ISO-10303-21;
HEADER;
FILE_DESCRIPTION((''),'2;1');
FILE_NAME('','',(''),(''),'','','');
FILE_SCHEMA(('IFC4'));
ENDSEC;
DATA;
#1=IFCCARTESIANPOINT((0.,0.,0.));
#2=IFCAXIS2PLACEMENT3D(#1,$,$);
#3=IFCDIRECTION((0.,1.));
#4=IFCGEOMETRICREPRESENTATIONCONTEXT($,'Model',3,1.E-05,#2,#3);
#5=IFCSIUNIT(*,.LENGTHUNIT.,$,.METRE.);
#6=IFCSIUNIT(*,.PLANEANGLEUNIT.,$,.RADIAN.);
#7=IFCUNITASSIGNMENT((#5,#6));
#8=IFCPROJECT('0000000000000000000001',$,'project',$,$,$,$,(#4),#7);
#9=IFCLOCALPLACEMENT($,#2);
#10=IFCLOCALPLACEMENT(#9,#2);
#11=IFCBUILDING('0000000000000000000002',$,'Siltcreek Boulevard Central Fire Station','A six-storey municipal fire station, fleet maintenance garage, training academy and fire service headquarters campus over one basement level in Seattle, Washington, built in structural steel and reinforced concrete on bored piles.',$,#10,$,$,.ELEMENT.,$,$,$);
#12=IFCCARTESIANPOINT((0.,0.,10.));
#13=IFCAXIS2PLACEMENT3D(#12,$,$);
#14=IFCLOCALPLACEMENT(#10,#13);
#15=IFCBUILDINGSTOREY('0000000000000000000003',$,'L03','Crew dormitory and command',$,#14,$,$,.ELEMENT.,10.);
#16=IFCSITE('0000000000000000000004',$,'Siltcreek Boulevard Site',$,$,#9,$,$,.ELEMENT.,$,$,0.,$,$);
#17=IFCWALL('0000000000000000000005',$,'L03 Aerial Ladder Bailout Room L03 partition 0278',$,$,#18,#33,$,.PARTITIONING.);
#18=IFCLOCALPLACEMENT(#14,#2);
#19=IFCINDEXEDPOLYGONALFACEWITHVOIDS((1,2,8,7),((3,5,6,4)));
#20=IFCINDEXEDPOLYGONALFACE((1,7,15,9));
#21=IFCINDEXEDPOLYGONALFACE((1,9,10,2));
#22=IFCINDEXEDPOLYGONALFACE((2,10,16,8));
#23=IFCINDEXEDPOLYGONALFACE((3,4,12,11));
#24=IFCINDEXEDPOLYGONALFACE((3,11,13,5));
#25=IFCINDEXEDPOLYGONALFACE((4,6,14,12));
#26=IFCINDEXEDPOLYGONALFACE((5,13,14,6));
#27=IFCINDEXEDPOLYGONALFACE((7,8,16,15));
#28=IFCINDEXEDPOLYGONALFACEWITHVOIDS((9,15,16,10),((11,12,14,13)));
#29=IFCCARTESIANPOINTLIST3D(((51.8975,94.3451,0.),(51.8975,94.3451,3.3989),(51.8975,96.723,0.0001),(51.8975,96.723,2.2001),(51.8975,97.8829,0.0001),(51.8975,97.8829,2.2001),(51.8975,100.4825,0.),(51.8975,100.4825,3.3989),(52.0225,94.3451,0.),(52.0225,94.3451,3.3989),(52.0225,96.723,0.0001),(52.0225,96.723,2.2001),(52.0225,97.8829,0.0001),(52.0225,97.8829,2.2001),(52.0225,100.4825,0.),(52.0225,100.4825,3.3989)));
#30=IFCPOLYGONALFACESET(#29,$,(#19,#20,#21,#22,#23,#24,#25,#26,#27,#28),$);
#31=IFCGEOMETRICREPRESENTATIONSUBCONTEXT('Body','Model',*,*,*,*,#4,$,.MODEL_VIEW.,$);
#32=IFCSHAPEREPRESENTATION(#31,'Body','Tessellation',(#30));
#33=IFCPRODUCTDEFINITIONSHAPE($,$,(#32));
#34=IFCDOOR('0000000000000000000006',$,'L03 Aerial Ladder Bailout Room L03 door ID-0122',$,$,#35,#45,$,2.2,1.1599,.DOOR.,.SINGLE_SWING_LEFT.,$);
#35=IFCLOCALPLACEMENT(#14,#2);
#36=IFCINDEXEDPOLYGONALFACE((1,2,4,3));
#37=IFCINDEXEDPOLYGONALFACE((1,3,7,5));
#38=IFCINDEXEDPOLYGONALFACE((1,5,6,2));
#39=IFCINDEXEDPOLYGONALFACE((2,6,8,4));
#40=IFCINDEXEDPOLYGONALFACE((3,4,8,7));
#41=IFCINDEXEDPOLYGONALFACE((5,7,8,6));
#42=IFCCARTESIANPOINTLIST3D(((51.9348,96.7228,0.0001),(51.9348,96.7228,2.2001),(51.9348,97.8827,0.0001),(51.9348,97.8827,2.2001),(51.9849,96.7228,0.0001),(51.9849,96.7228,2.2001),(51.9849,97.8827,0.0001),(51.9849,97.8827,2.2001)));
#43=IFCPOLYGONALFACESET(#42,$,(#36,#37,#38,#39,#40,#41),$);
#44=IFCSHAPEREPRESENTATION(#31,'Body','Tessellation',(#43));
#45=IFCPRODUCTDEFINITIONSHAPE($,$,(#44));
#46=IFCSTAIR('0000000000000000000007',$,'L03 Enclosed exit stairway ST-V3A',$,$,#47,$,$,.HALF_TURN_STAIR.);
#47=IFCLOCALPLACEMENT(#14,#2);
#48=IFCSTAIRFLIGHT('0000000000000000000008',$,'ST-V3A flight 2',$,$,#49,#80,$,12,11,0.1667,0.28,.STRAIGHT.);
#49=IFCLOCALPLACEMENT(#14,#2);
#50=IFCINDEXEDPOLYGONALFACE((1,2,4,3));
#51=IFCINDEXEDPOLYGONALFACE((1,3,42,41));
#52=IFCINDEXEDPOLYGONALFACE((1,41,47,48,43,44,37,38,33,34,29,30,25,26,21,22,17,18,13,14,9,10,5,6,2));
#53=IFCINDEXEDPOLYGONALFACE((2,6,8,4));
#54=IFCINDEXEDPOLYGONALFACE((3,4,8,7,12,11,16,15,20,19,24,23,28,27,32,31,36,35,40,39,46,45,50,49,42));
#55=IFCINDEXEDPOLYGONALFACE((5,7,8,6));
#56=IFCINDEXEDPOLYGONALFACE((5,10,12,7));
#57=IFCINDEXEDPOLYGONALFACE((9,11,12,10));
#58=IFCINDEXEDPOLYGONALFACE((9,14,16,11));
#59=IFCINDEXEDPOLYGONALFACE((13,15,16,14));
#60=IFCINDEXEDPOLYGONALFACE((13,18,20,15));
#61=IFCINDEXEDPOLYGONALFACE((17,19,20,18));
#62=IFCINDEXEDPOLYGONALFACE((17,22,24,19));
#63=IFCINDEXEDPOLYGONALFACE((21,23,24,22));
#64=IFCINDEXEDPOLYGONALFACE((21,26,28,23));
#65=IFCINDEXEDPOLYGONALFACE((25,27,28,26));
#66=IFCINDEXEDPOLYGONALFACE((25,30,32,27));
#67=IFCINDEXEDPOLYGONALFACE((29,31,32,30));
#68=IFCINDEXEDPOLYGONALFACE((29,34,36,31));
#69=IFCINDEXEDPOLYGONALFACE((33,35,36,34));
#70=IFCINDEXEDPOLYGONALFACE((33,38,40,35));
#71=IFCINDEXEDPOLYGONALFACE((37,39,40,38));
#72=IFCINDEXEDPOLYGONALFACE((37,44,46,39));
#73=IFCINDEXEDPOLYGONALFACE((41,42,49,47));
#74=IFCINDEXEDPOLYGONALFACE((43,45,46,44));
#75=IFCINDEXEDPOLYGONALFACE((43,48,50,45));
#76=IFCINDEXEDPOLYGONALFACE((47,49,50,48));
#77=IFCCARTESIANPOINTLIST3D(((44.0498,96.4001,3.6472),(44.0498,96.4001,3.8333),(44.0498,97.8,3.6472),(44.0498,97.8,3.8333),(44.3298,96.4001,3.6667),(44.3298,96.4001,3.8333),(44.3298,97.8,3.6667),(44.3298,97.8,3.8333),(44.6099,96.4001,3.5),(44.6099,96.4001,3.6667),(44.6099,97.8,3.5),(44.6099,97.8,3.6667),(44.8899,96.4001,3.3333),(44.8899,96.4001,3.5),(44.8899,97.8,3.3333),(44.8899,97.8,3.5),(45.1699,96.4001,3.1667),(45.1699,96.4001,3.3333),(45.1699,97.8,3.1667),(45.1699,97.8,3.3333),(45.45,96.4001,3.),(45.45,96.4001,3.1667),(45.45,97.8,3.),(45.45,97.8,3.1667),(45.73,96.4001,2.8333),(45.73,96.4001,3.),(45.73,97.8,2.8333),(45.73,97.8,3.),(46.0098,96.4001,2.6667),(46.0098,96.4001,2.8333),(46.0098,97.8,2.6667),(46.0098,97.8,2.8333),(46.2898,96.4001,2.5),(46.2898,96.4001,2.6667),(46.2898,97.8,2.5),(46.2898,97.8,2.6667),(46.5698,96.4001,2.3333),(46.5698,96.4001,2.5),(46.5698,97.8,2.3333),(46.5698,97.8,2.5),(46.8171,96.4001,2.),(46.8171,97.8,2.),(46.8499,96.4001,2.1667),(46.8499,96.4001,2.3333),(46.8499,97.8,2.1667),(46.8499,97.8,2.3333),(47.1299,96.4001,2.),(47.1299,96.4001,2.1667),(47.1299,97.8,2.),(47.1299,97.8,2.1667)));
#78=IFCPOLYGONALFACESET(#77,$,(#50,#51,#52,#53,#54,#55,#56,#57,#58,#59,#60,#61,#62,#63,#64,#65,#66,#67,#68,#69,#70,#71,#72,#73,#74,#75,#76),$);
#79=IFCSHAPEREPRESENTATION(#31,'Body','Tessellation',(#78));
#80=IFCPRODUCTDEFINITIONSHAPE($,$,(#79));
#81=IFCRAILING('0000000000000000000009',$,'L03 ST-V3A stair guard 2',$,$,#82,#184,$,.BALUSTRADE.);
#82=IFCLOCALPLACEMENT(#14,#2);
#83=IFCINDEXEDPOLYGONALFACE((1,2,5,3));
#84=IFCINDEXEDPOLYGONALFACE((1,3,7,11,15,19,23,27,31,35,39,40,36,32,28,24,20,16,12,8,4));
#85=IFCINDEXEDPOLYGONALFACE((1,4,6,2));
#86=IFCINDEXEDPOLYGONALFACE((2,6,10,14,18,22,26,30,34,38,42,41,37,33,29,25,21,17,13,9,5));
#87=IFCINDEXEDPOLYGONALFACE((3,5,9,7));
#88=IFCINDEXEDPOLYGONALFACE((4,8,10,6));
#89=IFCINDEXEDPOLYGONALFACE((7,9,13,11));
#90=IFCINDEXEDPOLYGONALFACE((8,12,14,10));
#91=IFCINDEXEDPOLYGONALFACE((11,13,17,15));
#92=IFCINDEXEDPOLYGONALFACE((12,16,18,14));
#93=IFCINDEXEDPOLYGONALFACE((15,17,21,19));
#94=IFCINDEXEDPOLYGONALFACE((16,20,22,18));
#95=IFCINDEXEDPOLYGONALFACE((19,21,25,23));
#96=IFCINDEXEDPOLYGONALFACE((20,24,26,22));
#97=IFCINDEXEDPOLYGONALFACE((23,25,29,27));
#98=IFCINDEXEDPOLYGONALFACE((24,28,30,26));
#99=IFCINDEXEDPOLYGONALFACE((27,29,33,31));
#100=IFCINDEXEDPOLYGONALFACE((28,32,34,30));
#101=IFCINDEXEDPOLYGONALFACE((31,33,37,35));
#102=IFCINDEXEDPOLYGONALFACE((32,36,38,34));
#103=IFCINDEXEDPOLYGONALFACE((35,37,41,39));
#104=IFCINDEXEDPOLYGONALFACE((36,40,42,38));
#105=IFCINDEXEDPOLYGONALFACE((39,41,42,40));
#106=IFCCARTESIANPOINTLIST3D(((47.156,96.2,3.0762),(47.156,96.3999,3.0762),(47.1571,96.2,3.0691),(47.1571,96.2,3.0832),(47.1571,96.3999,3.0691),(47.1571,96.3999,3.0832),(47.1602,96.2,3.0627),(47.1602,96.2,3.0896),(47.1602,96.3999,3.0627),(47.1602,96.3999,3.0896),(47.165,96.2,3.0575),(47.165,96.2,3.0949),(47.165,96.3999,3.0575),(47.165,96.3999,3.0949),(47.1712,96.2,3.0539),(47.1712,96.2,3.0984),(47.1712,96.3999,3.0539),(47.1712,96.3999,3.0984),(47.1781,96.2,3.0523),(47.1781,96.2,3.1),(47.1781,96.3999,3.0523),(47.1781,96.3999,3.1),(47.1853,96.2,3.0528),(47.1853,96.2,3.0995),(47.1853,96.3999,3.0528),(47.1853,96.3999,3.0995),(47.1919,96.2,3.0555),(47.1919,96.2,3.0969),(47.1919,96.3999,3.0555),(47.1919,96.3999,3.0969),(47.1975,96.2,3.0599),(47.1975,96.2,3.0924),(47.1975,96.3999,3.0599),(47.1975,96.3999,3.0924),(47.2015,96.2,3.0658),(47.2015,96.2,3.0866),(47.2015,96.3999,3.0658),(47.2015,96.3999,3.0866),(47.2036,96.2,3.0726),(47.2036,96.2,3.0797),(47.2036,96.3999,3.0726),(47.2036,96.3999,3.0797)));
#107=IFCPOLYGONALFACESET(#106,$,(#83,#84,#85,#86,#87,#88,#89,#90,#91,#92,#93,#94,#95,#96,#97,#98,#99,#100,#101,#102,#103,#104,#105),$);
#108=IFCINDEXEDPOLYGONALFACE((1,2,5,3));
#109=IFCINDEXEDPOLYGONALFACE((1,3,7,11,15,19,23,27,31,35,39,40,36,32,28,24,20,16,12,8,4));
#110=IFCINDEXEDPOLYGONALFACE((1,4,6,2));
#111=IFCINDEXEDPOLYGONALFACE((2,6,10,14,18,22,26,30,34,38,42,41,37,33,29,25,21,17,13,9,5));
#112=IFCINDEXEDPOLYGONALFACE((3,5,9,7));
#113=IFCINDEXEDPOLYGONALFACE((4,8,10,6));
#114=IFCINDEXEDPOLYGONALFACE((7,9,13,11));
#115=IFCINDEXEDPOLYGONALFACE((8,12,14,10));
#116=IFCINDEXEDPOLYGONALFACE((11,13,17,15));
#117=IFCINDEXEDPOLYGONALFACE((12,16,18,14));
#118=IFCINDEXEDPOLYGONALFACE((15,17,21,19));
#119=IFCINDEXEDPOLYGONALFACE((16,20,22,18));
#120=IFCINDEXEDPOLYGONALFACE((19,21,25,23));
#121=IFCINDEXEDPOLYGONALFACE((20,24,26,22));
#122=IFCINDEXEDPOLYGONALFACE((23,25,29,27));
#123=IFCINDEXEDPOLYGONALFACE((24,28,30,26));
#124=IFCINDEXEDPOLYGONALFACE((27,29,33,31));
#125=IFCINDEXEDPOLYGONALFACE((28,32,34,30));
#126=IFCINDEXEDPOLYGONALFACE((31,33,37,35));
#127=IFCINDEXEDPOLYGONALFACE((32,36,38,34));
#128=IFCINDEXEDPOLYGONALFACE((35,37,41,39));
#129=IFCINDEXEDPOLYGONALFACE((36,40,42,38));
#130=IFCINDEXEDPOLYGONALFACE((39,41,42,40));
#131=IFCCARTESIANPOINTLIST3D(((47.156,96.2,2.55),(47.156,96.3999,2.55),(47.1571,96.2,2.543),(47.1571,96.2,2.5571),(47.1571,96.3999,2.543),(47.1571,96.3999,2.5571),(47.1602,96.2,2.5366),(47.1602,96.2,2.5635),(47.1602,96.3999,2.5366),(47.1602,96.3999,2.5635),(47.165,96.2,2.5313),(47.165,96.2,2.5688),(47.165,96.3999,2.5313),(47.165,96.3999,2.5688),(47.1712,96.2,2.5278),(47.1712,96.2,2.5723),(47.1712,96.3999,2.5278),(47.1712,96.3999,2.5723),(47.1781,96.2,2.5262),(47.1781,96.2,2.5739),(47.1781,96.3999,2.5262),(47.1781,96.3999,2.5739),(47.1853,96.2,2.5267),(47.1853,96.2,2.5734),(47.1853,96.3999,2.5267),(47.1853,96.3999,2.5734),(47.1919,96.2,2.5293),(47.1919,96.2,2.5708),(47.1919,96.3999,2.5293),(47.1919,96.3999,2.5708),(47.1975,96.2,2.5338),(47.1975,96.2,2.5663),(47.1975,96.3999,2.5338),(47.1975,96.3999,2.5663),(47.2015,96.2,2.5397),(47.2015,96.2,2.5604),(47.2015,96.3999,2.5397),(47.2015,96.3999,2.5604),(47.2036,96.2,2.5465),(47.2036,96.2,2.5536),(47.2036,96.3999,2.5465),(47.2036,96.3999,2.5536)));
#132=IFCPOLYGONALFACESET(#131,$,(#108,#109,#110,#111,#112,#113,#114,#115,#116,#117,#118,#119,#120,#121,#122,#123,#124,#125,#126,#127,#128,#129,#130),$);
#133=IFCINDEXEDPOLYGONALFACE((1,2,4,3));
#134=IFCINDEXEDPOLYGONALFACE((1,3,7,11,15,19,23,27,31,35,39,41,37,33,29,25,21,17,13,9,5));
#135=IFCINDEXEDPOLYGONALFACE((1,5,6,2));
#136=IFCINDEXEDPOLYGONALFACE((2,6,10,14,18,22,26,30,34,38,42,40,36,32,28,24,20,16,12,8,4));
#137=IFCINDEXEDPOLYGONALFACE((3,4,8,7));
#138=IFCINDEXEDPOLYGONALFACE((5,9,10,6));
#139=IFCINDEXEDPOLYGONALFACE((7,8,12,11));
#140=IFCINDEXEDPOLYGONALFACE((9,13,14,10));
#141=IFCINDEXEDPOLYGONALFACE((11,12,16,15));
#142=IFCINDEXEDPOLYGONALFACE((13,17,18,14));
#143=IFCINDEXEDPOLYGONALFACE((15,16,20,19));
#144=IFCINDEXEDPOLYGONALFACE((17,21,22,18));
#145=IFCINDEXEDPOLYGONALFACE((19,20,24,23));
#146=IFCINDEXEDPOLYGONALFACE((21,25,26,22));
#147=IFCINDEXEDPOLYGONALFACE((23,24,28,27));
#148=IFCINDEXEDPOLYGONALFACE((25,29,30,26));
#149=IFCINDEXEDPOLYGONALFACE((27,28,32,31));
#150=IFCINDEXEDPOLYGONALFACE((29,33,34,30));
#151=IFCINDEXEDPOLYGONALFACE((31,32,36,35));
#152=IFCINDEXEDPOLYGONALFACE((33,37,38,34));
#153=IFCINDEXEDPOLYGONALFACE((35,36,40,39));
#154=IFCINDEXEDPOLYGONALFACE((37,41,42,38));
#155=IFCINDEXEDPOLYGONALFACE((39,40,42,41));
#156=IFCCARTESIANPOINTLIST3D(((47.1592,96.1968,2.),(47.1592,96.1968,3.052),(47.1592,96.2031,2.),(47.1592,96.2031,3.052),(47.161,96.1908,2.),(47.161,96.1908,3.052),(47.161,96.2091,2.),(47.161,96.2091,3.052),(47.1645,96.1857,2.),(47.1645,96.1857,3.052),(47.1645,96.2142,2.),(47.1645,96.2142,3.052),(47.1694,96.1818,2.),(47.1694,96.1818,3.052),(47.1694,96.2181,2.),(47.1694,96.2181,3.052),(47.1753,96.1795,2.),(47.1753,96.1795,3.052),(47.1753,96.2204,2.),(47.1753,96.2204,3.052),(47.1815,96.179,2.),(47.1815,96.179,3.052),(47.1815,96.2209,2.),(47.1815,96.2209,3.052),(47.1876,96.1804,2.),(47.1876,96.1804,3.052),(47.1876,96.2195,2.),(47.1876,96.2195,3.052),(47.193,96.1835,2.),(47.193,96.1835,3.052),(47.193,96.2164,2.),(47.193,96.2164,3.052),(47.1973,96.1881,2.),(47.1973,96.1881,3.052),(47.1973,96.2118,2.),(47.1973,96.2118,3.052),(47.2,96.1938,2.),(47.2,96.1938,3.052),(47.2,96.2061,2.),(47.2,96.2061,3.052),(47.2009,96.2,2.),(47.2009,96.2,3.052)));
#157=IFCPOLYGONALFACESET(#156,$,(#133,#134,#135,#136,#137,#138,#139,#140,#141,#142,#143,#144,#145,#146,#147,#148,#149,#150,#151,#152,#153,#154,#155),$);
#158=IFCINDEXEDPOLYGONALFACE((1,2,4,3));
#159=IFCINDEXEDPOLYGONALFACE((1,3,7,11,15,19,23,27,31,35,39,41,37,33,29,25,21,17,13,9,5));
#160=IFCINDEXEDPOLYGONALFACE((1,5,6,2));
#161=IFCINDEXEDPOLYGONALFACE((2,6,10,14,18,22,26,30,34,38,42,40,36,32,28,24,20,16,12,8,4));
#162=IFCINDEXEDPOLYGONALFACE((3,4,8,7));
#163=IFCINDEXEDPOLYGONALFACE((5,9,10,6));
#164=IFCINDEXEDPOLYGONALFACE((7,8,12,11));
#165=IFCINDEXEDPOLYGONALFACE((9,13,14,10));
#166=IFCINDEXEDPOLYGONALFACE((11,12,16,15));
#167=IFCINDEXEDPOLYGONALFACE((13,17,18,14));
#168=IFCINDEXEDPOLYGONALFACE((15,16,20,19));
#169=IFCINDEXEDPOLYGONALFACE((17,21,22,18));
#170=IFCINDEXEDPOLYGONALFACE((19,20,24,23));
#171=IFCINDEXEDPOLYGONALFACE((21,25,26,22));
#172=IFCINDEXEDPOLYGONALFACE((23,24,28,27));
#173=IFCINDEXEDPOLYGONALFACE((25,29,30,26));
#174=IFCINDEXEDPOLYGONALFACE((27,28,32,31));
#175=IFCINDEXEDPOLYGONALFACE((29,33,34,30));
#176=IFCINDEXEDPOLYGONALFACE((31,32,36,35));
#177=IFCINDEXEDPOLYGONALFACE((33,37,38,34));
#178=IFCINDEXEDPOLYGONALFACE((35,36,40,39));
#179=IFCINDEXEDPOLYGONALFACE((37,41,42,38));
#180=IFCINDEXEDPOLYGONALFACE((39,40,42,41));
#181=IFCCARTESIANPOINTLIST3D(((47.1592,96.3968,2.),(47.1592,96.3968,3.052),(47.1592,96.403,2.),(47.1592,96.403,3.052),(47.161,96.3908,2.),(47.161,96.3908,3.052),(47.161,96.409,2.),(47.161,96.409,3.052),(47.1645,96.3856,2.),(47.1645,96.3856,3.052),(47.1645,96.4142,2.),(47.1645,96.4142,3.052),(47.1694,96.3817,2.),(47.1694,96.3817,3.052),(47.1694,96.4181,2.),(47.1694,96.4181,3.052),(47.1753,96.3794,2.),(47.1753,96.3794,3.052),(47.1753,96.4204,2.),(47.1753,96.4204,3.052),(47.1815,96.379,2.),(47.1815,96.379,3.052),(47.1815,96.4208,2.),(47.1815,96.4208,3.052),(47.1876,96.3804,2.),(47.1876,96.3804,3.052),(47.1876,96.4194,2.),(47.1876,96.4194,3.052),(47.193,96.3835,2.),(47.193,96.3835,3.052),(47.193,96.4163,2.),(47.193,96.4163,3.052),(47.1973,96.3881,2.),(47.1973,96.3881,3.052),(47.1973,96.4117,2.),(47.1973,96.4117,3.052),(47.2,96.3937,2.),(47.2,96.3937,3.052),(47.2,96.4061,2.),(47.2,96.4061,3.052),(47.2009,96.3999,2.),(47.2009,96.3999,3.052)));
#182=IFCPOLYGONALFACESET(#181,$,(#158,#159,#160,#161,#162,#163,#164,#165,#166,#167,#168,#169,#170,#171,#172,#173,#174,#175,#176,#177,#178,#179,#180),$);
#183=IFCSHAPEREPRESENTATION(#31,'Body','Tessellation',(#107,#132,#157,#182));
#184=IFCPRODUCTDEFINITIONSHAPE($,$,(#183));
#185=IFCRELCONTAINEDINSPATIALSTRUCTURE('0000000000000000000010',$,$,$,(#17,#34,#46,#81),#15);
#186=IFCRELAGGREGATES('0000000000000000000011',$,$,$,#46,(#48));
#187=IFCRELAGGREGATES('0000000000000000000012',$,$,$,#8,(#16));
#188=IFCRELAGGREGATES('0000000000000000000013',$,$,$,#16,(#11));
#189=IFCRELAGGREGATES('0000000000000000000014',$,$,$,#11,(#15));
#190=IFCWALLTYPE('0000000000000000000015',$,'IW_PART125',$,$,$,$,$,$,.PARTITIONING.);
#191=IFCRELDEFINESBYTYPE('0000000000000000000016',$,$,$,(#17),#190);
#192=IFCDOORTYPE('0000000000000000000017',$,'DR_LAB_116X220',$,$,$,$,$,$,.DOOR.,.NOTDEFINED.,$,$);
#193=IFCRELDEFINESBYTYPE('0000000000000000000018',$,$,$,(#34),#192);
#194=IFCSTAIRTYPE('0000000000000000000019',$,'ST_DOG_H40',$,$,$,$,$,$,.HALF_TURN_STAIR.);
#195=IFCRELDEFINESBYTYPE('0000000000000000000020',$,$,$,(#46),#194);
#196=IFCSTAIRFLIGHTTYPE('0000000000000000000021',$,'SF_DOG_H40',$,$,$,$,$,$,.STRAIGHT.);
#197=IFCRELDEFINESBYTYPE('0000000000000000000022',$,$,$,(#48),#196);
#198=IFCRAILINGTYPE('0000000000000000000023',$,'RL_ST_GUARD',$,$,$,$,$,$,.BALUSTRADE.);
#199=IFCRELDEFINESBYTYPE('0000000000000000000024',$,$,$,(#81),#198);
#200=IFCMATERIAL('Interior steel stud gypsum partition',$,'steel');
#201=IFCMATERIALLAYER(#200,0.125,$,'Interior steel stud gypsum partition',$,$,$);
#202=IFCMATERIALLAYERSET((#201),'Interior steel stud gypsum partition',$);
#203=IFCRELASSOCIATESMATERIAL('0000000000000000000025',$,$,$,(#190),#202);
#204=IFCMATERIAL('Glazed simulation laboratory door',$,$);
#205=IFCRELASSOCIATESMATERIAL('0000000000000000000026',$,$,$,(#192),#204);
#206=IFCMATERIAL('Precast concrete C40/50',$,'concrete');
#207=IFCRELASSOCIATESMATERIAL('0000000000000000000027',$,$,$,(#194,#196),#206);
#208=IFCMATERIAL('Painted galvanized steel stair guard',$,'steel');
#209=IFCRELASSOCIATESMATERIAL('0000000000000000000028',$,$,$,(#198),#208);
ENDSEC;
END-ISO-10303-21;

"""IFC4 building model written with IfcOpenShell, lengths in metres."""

from ifc_helpers import new_model, si_unit, direction, frame, frame_2d, origin, origin_2d, place, context, subcontext, project, spatial, polyline, rectangle, circle, outline, extrude, material, layer, layer_set, type_object, element, fill, aggregate, save


model = new_model("IFC4")

# Units and contexts
model_context = context("Model", 3, precision=1e-05, world=origin(), true_north=direction((0.0, 1.0)))
body_context = subcontext(model_context, "Body", "Model", "MODEL_VIEW")
ifc_project = project(units=[si_unit("LENGTHUNIT", "METRE"), si_unit("PLANEANGLEUNIT", "RADIAN")], contexts=[model_context])

# Site, building, storey
site_placement = place(None, origin())
site = spatial("IfcSite", under=ifc_project, at=site_placement, Name="Siltcreek Boulevard Site", CompositionType="ELEMENT", RefElevation=0.0)
building_placement = place(site_placement, origin())
building = spatial("IfcBuilding", under=site, at=building_placement, Name="Siltcreek Boulevard Central Fire Station", Description="A six-storey municipal fire station, fleet maintenance garage, training academy and fire service headquarters campus over one basement level in Seattle, Washington, built in structural steel and reinforced concrete on bored piles.", CompositionType="ELEMENT")
storey_placement = place(building_placement, frame((0.0, 0.0, 10.0)))
storey = spatial("IfcBuildingStorey", under=building, at=storey_placement, Name="L03", Description="Crew dormitory and command", CompositionType="ELEMENT", Elevation=10.0)

# Shared definitions
ifc_material_1 = material(Name="Interior steel stud gypsum partition", Category="steel")
ifc_layer_1 = layer(ifc_material_1, 0.125, Name="Interior steel stud gypsum partition")
ifc_layer_set_1 = layer_set([ifc_layer_1], Name="Interior steel stud gypsum partition")
wall_type_1 = type_object("IfcWallType", Name="IW_PART125", PredefinedType="PARTITIONING", material=ifc_layer_set_1)

# Wall, opening, door
wall_1_placement = place(storey_placement, frame((51.96, 94.345, 0.0), z_axis=(0.0, 0.0, 1.0), x_axis=(0.0, 1.0, 0.0)))
wall_1 = element("IfcWall", 1, at=wall_1_placement, inside=storey, type_object=wall_type_1, Name="L03 Aerial Ladder Bailout Room L03 partition 0278", PredefinedType="PARTITIONING", context=body_context, shape_type="SweptSolid", body=[
    extrude(rectangle(XDim=6.1375, YDim=0.125, at=frame_2d((3.0688, 0.0))), origin(), (0.0, 0.0, 1.0), 3.3989),
])
opening_1_placement = place(wall_1_placement, frame((2.3779, 0.0, 0.0)))
opening_1 = element("IfcOpeningElement", 2, at=opening_1_placement, cuts=wall_1, PredefinedType="OPENING", context=body_context, shape_type="SweptSolid", body=[
    extrude(rectangle(XDim=1.1599, YDim=2.2, at=frame_2d((0.5801, 1.1001))), frame((0.0, 0.0725, 0.0), z_axis=(0.0, -1.0, 0.0), x_axis=(1.0, 0.0, 0.0)), (0.0, 0.0, 1.0), 0.145),
])
ifc_material_2 = material(Name="Glazed simulation laboratory door")
door_type_1 = type_object("IfcDoorType", Name="DR_LAB_116X220", OperationType="NOTDEFINED", PredefinedType="DOOR", material=ifc_material_2)
door_1_placement = place(opening_1_placement, frame((1.1599, 0.0, 0.0), z_axis=(0.0, 0.0, 1.0), x_axis=(-1.0, 0.0, 0.0)))
door_1 = element("IfcDoor", 3, at=door_1_placement, inside=storey, type_object=door_type_1, Name="L03 Aerial Ladder Bailout Room L03 door ID-0122", OperationType="SINGLE_SWING_LEFT", OverallHeight=2.2, OverallWidth=1.1599, PredefinedType="DOOR", context=body_context, shape_type="SweptSolid", body=[
    extrude(rectangle(XDim=1.1599, YDim=2.2, at=frame_2d((0.5801, 1.1001))), frame((0.0, 0.0249, 0.0), z_axis=(0.0, -1.0, 0.0), x_axis=(1.0, 0.0, 0.0)), (0.0, 0.0, 1.0), 0.05),
])
fill(opening_1, door_1)

# Stair, stair flight
ifc_material_3 = material(Name="Precast concrete C40/50", Category="concrete")
stair_type = type_object("IfcStairType", Name="ST_DOG_H40", PredefinedType="HALF_TURN_STAIR", material=ifc_material_3)
stair_placement = place(storey_placement, origin())
stair = element("IfcStair", 4, at=stair_placement, inside=storey, type_object=stair_type, Name="L03 Enclosed exit stairway ST-V3A", PredefinedType="HALF_TURN_STAIR")
stair_flight_type = type_object("IfcStairFlightType", Name="SF_DOG_H40", PredefinedType="STRAIGHT", material=ifc_material_3)
stair_flight_placement = place(storey_placement, frame((47.1299, 97.1001, 2.0), z_axis=(0.0, 0.0, 1.0), x_axis=(-1.0, 0.0, 0.0)))
stair_flight = element("IfcStairFlight", 5, at=stair_flight_placement, type_object=stair_flight_type, Name="ST-V3A flight 2", NumberOfRisers=12, NumberOfTreads=11, PredefinedType="STRAIGHT", RiserHeight=0.1667, TreadLength=0.28, context=body_context, shape_type="SweptSolid", body=[
    extrude(outline(polyline([(0.0, 0.0), (0.0, 0.1667), (0.28, 0.1667), (0.28, 0.3333), (0.5601, 0.3333), (0.5601, 0.5), (0.8401, 0.5), (0.8401, 0.6667), (1.1201, 0.6667), (1.1201, 0.8333), (1.3999, 0.8333), (1.3999, 1.0), (1.6799, 1.0), (1.6799, 1.1667), (1.96, 1.1667), (1.96, 1.3333), (2.24, 1.3333), (2.24, 1.5), (2.52, 1.5), (2.52, 1.6667), (2.8, 1.6667), (2.8, 1.8333), (3.0801, 1.8333), (3.0801, 2.0), (3.0801, 1.6472), (0.3127, 0.0), (0.0, 0.0)])), frame((0.0, 0.7, 0.0), z_axis=(0.0, -1.0, 0.0), x_axis=(1.0, 0.0, 0.0)), (0.0, 0.0, 1.0), 1.3999),
])
aggregate(stair, [stair_flight])

# Railing
ifc_material_4 = material(Name="Painted galvanized steel stair guard", Category="steel")
railing_type_1 = type_object("IfcRailingType", Name="RL_ST_GUARD", PredefinedType="BALUSTRADE", material=ifc_material_4)
railing_1_placement = place(storey_placement, frame((47.1799, 96.2, 2.0)))
element("IfcRailing", 6, at=railing_1_placement, inside=storey, type_object=railing_type_1, Name="L03 ST-V3A stair guard 2", PredefinedType="BALUSTRADE", context=body_context, shape_type="SweptSolid", body=[
    extrude(circle(Radius=0.0239, at=origin_2d()), frame((0.0, 0.0, 1.0762), z_axis=(0.0, 1.0, 0.0), x_axis=(-1.0, 0.0, 0.0)), (0.0, 0.0, 1.0), 0.2),
    extrude(circle(Radius=0.0239, at=origin_2d()), frame((0.0, 0.0, 0.55), z_axis=(0.0, 1.0, 0.0), x_axis=(-1.0, 0.0, 0.0)), (0.0, 0.0, 1.0), 0.2),
    extrude(circle(Radius=0.021, at=origin_2d()), origin(), (0.0, 0.0, 1.0), 1.052),
    extrude(circle(Radius=0.021, at=origin_2d()), frame((0.0, 0.2, 0.0)), (0.0, 0.0, 1.0), 1.052),
])

save(model, "model.ifc")
